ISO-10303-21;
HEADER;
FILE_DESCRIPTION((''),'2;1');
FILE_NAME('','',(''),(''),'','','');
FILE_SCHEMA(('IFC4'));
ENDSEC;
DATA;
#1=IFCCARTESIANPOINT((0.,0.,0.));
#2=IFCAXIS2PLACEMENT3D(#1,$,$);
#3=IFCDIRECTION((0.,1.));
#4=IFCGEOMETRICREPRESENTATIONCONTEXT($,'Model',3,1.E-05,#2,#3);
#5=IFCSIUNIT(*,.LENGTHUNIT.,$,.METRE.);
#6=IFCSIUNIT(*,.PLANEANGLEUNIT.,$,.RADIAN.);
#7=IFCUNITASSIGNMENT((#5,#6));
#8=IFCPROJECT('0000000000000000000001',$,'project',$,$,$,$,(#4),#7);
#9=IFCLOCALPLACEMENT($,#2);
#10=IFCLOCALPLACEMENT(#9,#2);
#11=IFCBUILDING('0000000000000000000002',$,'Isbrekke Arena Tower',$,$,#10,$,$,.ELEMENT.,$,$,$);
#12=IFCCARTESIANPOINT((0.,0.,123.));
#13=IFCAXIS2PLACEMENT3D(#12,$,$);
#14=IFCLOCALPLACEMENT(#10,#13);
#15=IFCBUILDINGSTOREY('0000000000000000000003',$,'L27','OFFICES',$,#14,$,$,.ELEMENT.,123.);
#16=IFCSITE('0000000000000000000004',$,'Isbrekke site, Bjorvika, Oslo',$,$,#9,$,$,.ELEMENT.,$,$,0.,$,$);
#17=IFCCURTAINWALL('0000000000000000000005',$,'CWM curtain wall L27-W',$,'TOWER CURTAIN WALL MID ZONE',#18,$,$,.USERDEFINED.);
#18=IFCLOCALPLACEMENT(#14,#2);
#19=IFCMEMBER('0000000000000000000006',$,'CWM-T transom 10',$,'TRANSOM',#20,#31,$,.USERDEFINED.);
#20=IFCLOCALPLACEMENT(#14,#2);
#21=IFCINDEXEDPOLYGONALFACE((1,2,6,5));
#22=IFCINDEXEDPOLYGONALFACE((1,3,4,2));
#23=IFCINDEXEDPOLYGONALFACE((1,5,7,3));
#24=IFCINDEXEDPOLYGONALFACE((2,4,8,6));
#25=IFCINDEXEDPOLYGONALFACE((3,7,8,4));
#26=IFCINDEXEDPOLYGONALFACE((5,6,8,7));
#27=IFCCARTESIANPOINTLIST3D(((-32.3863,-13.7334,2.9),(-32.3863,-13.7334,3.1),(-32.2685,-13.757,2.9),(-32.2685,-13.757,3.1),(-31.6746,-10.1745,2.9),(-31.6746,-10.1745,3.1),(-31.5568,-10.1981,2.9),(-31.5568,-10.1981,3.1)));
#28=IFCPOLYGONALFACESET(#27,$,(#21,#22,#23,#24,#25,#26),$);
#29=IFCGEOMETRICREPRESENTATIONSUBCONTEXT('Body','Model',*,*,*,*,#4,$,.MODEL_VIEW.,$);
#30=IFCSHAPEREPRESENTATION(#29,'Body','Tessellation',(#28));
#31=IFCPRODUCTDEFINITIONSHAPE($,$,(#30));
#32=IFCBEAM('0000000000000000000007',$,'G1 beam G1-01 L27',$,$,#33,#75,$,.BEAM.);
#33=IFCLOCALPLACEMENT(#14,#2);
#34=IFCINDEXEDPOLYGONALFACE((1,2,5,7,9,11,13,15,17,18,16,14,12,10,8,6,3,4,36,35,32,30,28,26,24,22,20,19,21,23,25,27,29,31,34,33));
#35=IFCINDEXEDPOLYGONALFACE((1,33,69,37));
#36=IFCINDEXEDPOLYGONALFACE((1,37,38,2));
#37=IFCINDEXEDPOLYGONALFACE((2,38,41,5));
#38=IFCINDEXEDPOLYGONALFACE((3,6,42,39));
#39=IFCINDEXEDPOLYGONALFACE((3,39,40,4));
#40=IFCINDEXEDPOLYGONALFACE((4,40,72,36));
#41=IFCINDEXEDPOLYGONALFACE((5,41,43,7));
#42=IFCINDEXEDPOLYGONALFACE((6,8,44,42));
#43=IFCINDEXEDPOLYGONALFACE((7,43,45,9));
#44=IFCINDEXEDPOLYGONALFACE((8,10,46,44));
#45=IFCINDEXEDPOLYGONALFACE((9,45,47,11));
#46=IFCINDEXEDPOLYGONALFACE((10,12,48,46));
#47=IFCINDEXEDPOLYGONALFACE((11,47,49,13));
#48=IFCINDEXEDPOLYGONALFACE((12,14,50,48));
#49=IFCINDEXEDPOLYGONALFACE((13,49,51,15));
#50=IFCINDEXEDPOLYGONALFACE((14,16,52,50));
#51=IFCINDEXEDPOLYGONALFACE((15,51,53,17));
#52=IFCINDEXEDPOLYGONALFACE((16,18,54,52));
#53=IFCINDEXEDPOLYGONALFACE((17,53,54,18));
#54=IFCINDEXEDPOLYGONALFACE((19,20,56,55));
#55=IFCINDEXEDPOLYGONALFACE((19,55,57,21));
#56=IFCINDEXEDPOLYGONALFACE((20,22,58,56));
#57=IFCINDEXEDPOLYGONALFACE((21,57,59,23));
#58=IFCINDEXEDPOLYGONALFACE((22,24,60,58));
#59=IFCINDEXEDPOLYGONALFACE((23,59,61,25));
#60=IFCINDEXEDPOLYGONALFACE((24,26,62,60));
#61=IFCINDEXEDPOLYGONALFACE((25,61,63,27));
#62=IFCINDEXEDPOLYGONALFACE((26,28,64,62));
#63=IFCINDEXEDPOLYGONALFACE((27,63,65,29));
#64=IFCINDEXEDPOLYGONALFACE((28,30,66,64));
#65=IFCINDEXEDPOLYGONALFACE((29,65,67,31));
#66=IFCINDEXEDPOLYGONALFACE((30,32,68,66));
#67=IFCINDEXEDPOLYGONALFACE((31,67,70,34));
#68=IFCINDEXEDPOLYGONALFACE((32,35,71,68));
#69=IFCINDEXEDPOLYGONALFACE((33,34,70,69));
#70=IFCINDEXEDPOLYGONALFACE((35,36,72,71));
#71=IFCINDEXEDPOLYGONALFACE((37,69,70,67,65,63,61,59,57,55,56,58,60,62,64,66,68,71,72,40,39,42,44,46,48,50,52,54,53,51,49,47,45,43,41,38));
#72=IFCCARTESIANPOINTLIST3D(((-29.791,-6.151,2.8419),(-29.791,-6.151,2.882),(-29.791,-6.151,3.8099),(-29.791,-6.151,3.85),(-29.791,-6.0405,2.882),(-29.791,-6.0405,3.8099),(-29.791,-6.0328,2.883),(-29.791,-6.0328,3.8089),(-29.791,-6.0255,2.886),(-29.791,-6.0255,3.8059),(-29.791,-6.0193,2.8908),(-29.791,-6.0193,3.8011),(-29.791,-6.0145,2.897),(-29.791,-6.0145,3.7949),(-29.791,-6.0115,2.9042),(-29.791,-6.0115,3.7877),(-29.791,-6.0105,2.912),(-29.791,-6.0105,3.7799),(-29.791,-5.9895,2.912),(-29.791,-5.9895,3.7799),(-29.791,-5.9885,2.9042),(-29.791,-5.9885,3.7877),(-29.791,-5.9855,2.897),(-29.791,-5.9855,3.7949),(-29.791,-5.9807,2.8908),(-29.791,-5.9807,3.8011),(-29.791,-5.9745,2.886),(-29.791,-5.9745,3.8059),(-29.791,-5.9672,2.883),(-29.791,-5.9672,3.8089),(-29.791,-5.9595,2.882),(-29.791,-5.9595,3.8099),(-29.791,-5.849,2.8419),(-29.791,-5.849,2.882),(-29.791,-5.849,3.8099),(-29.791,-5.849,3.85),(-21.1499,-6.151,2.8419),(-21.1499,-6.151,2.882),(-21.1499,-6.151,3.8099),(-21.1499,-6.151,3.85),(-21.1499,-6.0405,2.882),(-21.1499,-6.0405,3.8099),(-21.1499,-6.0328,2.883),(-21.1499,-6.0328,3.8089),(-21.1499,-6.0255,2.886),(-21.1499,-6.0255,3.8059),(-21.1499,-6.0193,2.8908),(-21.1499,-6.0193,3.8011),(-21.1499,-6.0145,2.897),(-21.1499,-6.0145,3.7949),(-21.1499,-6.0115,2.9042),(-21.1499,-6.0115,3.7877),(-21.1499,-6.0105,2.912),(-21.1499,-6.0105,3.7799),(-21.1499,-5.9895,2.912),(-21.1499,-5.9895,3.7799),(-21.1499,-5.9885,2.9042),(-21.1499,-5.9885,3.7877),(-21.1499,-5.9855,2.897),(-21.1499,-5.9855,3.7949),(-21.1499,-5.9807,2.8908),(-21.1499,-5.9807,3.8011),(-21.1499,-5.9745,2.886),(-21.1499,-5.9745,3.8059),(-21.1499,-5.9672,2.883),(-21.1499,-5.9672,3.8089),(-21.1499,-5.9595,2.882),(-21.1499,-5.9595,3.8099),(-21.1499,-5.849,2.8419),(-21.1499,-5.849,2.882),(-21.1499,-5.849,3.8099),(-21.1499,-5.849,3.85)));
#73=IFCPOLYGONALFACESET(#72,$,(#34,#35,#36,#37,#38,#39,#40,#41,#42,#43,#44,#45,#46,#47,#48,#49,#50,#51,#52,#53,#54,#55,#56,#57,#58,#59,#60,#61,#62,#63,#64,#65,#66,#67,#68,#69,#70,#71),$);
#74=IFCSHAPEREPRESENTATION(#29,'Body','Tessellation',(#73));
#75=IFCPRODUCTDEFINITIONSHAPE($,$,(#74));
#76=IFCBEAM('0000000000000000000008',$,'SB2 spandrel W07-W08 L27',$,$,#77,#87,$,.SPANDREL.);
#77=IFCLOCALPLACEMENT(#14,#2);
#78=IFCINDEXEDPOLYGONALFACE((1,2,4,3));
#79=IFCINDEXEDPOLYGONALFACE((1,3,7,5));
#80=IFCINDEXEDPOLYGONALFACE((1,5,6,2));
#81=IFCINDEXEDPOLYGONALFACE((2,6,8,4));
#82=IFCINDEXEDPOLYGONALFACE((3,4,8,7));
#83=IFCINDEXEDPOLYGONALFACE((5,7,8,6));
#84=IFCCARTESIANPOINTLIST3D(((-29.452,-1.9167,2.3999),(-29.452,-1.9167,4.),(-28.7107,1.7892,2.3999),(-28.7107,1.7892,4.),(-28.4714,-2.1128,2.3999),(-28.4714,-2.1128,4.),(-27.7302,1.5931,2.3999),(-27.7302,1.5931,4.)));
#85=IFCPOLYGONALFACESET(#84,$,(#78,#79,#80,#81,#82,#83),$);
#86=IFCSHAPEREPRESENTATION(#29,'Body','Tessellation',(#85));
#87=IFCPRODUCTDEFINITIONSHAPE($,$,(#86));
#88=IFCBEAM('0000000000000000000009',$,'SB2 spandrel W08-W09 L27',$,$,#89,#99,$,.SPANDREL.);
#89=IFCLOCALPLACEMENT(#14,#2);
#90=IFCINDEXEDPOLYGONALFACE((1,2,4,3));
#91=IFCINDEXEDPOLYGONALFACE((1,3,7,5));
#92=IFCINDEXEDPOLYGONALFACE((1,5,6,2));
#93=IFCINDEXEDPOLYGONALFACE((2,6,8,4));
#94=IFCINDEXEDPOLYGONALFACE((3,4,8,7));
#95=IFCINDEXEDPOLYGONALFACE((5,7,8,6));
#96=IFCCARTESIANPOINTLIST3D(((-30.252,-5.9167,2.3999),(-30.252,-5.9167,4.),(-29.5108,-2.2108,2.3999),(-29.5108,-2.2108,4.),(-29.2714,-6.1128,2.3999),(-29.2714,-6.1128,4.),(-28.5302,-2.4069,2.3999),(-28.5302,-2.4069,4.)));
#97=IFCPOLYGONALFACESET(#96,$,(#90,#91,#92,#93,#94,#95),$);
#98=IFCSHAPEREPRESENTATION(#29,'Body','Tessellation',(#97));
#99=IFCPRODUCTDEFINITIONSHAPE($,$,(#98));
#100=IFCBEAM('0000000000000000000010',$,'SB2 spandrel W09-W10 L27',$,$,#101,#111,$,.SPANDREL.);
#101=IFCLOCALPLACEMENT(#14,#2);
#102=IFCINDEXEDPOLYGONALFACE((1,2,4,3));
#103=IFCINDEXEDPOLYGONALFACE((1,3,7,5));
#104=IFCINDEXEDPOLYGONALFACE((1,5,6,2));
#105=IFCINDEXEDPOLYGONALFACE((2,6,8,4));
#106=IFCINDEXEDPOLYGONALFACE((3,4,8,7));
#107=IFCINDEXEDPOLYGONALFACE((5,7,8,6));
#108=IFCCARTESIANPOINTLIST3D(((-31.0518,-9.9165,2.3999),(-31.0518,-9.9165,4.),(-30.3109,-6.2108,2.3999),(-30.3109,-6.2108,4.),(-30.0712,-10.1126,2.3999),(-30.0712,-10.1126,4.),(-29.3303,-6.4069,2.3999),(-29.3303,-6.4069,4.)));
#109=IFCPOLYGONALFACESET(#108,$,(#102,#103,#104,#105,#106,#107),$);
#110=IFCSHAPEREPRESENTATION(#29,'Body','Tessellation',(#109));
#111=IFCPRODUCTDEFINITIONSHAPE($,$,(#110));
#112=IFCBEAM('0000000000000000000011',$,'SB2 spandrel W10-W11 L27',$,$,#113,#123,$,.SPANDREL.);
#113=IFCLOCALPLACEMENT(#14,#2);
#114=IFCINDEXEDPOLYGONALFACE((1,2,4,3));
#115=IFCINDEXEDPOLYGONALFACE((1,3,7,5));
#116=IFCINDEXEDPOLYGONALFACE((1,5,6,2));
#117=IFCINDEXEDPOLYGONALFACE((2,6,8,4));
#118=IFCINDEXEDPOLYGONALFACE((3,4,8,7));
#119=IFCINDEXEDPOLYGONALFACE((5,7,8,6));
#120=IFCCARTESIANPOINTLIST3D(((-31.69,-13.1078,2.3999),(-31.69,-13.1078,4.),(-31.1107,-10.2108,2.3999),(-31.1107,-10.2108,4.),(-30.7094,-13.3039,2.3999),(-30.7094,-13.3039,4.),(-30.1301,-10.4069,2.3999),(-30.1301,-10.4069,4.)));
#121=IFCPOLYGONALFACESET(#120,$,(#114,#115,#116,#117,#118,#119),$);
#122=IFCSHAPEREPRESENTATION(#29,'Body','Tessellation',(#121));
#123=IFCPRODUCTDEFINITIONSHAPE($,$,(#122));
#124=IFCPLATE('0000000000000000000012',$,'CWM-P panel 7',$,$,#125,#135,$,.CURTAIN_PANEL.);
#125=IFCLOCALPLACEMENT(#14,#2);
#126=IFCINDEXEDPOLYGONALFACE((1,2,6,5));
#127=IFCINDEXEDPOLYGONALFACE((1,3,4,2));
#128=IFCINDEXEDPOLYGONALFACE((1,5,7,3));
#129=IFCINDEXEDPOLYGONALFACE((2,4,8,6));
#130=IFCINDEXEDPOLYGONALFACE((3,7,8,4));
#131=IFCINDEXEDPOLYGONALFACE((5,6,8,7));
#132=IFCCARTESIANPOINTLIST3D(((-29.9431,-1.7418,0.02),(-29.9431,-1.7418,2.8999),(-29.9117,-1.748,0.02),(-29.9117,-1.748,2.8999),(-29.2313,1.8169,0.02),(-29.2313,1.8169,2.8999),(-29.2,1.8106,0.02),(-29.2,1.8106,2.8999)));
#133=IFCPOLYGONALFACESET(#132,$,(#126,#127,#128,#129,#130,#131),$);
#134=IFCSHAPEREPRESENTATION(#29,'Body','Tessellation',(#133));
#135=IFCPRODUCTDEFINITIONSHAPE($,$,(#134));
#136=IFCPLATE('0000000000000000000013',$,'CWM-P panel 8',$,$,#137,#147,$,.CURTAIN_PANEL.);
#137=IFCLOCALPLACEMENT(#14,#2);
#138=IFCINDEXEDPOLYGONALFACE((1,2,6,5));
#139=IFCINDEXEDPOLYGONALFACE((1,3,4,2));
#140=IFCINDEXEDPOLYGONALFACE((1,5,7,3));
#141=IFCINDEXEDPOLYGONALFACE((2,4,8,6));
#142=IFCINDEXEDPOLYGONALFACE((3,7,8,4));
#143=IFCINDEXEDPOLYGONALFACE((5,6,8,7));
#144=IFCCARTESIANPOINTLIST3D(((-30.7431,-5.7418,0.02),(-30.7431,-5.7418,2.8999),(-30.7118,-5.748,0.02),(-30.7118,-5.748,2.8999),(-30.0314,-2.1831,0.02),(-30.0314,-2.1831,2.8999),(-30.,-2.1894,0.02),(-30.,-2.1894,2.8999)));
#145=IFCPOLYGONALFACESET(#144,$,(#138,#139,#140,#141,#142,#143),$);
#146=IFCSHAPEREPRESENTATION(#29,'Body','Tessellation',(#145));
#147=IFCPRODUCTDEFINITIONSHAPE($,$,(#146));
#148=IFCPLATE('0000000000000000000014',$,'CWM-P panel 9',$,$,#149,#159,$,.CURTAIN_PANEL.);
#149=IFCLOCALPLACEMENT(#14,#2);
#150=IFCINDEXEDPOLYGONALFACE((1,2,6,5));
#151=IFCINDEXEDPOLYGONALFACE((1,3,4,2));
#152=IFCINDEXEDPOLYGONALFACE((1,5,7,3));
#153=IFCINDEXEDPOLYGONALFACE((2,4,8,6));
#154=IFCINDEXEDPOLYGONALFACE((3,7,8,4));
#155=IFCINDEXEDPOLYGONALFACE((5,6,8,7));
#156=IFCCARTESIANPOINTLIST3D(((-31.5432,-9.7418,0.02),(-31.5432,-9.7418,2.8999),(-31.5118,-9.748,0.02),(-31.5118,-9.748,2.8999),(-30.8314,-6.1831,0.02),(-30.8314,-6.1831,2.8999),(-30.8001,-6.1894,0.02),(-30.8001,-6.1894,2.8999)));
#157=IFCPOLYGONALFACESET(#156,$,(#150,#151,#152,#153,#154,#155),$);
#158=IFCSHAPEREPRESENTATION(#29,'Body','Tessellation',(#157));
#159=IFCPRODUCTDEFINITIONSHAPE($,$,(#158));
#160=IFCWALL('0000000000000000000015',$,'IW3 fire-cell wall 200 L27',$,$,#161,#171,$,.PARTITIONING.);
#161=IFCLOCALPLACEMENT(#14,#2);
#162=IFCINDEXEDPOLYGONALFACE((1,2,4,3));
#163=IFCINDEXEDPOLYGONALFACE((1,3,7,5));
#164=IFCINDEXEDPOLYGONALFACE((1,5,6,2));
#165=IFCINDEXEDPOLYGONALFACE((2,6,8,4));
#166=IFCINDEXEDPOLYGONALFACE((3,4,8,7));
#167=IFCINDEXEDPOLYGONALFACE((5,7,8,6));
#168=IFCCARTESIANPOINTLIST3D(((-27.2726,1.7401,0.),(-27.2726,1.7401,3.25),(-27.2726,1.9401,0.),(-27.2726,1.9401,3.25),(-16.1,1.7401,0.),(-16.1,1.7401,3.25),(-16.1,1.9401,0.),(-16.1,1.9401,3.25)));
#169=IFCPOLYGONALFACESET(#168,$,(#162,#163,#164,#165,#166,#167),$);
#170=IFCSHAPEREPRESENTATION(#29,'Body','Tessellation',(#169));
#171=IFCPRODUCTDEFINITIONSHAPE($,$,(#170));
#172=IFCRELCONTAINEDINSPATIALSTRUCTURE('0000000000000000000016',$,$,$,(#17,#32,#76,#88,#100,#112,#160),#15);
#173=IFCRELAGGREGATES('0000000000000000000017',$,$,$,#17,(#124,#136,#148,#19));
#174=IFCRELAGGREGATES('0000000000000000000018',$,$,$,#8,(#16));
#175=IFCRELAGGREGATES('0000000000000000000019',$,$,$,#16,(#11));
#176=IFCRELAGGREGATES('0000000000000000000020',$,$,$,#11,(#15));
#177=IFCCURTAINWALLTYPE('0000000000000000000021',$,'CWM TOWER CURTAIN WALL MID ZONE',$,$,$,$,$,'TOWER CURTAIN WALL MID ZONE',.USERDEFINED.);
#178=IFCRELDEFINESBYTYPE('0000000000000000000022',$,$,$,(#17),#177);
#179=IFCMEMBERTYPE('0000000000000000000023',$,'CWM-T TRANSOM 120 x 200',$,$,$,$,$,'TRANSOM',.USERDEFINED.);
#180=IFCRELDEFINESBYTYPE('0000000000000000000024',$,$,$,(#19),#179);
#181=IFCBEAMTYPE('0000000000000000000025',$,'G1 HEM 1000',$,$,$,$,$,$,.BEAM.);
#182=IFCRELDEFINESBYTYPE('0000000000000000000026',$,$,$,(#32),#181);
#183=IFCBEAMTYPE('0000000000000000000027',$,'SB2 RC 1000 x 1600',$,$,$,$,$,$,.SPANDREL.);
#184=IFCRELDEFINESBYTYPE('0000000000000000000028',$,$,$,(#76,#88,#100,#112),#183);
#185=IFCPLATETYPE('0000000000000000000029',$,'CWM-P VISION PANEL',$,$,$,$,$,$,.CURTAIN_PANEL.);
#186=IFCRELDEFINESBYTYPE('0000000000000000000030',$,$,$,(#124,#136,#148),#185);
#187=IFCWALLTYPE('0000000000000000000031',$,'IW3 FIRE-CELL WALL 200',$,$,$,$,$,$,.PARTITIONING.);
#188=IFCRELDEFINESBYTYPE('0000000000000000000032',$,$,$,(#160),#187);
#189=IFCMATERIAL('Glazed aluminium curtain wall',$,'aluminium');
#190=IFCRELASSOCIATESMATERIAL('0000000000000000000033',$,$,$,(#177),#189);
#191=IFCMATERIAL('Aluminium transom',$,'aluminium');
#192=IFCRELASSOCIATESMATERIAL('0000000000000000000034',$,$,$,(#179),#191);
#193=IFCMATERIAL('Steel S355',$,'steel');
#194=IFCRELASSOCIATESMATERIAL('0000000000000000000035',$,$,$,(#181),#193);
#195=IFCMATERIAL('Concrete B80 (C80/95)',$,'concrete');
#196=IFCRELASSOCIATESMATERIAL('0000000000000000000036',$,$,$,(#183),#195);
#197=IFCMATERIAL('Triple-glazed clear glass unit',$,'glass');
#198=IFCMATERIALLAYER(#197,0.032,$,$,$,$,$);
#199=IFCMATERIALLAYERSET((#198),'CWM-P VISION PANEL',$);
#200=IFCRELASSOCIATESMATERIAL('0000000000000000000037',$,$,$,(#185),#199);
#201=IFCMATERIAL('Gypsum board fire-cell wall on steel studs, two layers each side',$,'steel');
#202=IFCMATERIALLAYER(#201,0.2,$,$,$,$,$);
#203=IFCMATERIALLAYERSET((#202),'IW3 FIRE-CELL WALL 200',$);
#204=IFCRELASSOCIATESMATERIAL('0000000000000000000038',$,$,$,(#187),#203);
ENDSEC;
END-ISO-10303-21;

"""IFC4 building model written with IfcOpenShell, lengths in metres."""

from ifc_helpers import new_model, si_unit, direction, frame, frame_2d, origin, origin_2d, place, context, subcontext, project, spatial, rectangle, i_section, extrude, material, layer, layer_set, material_profile, profile_set, type_object, element, aggregate, save


model = new_model("IFC4")

# Units and contexts
model_context = context("Model", 3, precision=1e-05, world=origin(), true_north=direction((0.0, 1.0)))
body_context = subcontext(model_context, "Body", "Model", "MODEL_VIEW")
ifc_project = project(units=[si_unit("LENGTHUNIT", "METRE"), si_unit("PLANEANGLEUNIT", "RADIAN")], contexts=[model_context])

# Site, building, storey
site_placement = place(None, origin())
site = spatial("IfcSite", under=ifc_project, at=site_placement, Name="Isbrekke site, Bjorvika, Oslo", CompositionType="ELEMENT", RefElevation=0.0)
building_placement = place(site_placement, origin())
building = spatial("IfcBuilding", under=site, at=building_placement, Name="Isbrekke Arena Tower", CompositionType="ELEMENT")
storey_placement = place(building_placement, frame((0.0, 0.0, 123.0)))
storey = spatial("IfcBuildingStorey", under=building, at=storey_placement, Name="L27", Description="OFFICES", CompositionType="ELEMENT", Elevation=123.0)

# Curtain wall, member
ifc_material_1 = material(Name="Glazed aluminium curtain wall", Category="aluminium")
curtain_wall_type = type_object("IfcCurtainWallType", Name="CWM TOWER CURTAIN WALL MID ZONE", ElementType="TOWER CURTAIN WALL MID ZONE", PredefinedType="USERDEFINED", material=ifc_material_1)
curtain_wall_placement = place(storey_placement, origin())
curtain_wall = element("IfcCurtainWall", 1, at=curtain_wall_placement, inside=storey, type_object=curtain_wall_type, Name="CWM curtain wall L27-W", ObjectType="TOWER CURTAIN WALL MID ZONE", PredefinedType="USERDEFINED")
ifc_material_2 = material(Name="Aluminium transom", Category="aluminium")
ifc_material_profile_1 = material_profile(ifc_material_2, rectangle(XDim=0.1201, YDim=0.2, at=origin_2d()), Name="TRANSOM 120X200")
ifc_profile_set_1 = profile_set([ifc_material_profile_1], Name="Aluminium transom")
member_type_1 = type_object("IfcMemberType", Name="CWM-T TRANSOM 120 x 200", ElementType="TRANSOM", PredefinedType="USERDEFINED", material=ifc_profile_set_1)
member_1_placement = place(storey_placement, frame((-31.6157, -10.1863, 3.0), z_axis=(-0.19609, -0.980586, 0.0), x_axis=(0.980586, -0.19609, 0.0)))
member_1 = element("IfcMember", 2, at=member_1_placement, type_object=member_type_1, Name="CWM-T transom 10", ObjectType="TRANSOM", PredefinedType="USERDEFINED", context=body_context, shape_type="SweptSolid", body=[
    extrude(rectangle(XDim=0.1201, YDim=0.2, at=origin_2d()), origin(), (0.0, 0.0, 1.0), 3.6294),
])

# Beams
ifc_material_3 = material(Name="Steel S355", Category="steel")
ifc_material_profile_2 = material_profile(ifc_material_3, i_section(OverallWidth=0.302, OverallDepth=1.0081, WebThickness=0.021, FlangeThickness=0.04, FilletRadius=0.03, at=origin_2d()), Name="HEM 1000")
ifc_profile_set_2 = profile_set([ifc_material_profile_2], Name="Steel S355")
beam_type_1 = type_object("IfcBeamType", Name="G1 HEM 1000", PredefinedType="BEAM", material=ifc_profile_set_2)
beam_1_placement = place(storey_placement, frame((-29.791, -6.0, 3.3459), z_axis=(1.0, 0.0, 0.0), x_axis=(0.0, 1.0, 0.0)))
element("IfcBeam", 3, at=beam_1_placement, inside=storey, type_object=beam_type_1, Name="G1 beam G1-01 L27", PredefinedType="BEAM", context=body_context, shape_type="SweptSolid", body=[
    extrude(i_section(OverallWidth=0.302, OverallDepth=1.0081, WebThickness=0.021, FlangeThickness=0.04, FilletRadius=0.03, at=origin_2d()), origin(), (0.0, 0.0, 1.0), 8.6411),
])
ifc_material_4 = material(Name="Concrete B80 (C80/95)", Category="concrete")
ifc_material_profile_3 = material_profile(ifc_material_4, rectangle(XDim=1.0, YDim=1.6001, at=origin_2d()), Name="RC 1000x1600")
ifc_profile_set_3 = profile_set([ifc_material_profile_3], Name="Concrete B80 (C80/95)")
beam_type_2 = type_object("IfcBeamType", Name="SB2 RC 1000 x 1600", PredefinedType="SPANDREL", material=ifc_profile_set_3)
for number, where, z_axis, x_axis, name in (
    (4, (-28.2205, 1.6912, 3.2), (-0.196129, -0.980578, 0.0), (0.980578, -0.196129, 0.0), "SB2 spandrel W07-W08 L27"),
    (5, (-29.0205, -2.3088, 3.2), (-0.196129, -0.980578, 0.0), (0.980578, -0.196129, 0.0), "SB2 spandrel W08-W09 L27"),
):
    element("IfcBeam", number, at=place(storey_placement, frame(where, z_axis=z_axis, x_axis=x_axis)), inside=storey, type_object=beam_type_2, Name=name, PredefinedType="SPANDREL", context=body_context, shape_type="SweptSolid", body=[
        extrude(rectangle(XDim=1.0, YDim=1.6001, at=origin_2d()), origin(), (0.0, 0.0, 1.0), 3.7793),
    ])
beam_2_placement = place(storey_placement, frame((-29.8206, -6.3088, 3.2), z_axis=(-0.196066, -0.980591, 0.0), x_axis=(0.980591, -0.196066, 0.0)))
element("IfcBeam", 6, at=beam_2_placement, inside=storey, type_object=beam_type_2, Name="SB2 spandrel W09-W10 L27", PredefinedType="SPANDREL", context=body_context, shape_type="SweptSolid", body=[
    extrude(rectangle(XDim=1.0, YDim=1.6001, at=origin_2d()), origin(), (0.0, 0.0, 1.0), 3.7791),
])
beam_3_placement = place(storey_placement, frame((-30.6204, -10.3088, 3.2), z_axis=(-0.1961, -0.980584, 0.0), x_axis=(0.980584, -0.1961, 0.0)))
element("IfcBeam", 7, at=beam_3_placement, inside=storey, type_object=beam_type_2, Name="SB2 spandrel W10-W11 L27", PredefinedType="SPANDREL", context=body_context, shape_type="SweptSolid", body=[
    extrude(rectangle(XDim=1.0, YDim=1.6001, at=origin_2d()), origin(), (0.0, 0.0, 1.0), 2.9543),
])

# Plates
ifc_material_5 = material(Name="Triple-glazed clear glass unit", Category="glass")
ifc_layer_1 = layer(ifc_material_5, 0.032)
ifc_layer_set_1 = layer_set([ifc_layer_1], Name="CWM-P VISION PANEL")
plate_type = type_object("IfcPlateType", Name="CWM-P VISION PANEL", PredefinedType="CURTAIN_PANEL", material=ifc_layer_set_1)
plate_1_placement = place(storey_placement, frame((-29.5715, 0.0344, 0.02), z_axis=(0.0, 0.0, 1.0), x_axis=(-0.196116, -0.980581, 0.0)))
plate_1 = element("IfcPlate", 8, at=plate_1_placement, type_object=plate_type, Name="CWM-P panel 7", PredefinedType="CURTAIN_PANEL", context=body_context, shape_type="SweptSolid", body=[
    extrude(rectangle(XDim=3.6292, YDim=0.032, at=origin_2d()), origin(), (0.0, 0.0, 1.0), 2.8799),
])
plate_2_placement = place(storey_placement, frame((-30.3716, -3.9656, 0.02), z_axis=(0.0, 0.0, 1.0), x_axis=(-0.196116, -0.980581, 0.0)))
plate_2 = element("IfcPlate", 9, at=plate_2_placement, type_object=plate_type, Name="CWM-P panel 8", PredefinedType="CURTAIN_PANEL", context=body_context, shape_type="SweptSolid", body=[
    extrude(rectangle(XDim=3.6292, YDim=0.032, at=origin_2d()), origin(), (0.0, 0.0, 1.0), 2.8799),
])
plate_3_placement = place(storey_placement, frame((-31.1716, -7.9656, 0.02), z_axis=(0.0, 0.0, 1.0), x_axis=(-0.196116, -0.980581, 0.0)))
plate_3 = element("IfcPlate", 10, at=plate_3_placement, type_object=plate_type, Name="CWM-P panel 9", PredefinedType="CURTAIN_PANEL", context=body_context, shape_type="SweptSolid", body=[
    extrude(rectangle(XDim=3.6292, YDim=0.032, at=origin_2d()), origin(), (0.0, 0.0, 1.0), 2.8799),
])
aggregate(curtain_wall, [plate_1, plate_2, plate_3, member_1])

# Wall
ifc_material_6 = material(Name="Gypsum board fire-cell wall on steel studs, two layers each side", Category="steel")
ifc_layer_2 = layer(ifc_material_6, 0.2)
ifc_layer_set_2 = layer_set([ifc_layer_2], Name="IW3 FIRE-CELL WALL 200")
wall_type_1 = type_object("IfcWallType", Name="IW3 FIRE-CELL WALL 200", PredefinedType="PARTITIONING", material=ifc_layer_set_2)
wall_1_placement = place(storey_placement, frame((-27.2727, 1.8401, 0.0), z_axis=(0.0, 0.0, 1.0), x_axis=(1.0, 0.0, 0.0)))
element("IfcWall", 11, at=wall_1_placement, inside=storey, type_object=wall_type_1, Name="IW3 fire-cell wall 200 L27", PredefinedType="PARTITIONING", context=body_context, shape_type="SweptSolid", body=[
    extrude(rectangle(XDim=11.1726, YDim=0.2, at=frame_2d((5.5864, 0.0))), origin(), (0.0, 0.0, 1.0), 3.25),
])

save(model, "model.ifc")
